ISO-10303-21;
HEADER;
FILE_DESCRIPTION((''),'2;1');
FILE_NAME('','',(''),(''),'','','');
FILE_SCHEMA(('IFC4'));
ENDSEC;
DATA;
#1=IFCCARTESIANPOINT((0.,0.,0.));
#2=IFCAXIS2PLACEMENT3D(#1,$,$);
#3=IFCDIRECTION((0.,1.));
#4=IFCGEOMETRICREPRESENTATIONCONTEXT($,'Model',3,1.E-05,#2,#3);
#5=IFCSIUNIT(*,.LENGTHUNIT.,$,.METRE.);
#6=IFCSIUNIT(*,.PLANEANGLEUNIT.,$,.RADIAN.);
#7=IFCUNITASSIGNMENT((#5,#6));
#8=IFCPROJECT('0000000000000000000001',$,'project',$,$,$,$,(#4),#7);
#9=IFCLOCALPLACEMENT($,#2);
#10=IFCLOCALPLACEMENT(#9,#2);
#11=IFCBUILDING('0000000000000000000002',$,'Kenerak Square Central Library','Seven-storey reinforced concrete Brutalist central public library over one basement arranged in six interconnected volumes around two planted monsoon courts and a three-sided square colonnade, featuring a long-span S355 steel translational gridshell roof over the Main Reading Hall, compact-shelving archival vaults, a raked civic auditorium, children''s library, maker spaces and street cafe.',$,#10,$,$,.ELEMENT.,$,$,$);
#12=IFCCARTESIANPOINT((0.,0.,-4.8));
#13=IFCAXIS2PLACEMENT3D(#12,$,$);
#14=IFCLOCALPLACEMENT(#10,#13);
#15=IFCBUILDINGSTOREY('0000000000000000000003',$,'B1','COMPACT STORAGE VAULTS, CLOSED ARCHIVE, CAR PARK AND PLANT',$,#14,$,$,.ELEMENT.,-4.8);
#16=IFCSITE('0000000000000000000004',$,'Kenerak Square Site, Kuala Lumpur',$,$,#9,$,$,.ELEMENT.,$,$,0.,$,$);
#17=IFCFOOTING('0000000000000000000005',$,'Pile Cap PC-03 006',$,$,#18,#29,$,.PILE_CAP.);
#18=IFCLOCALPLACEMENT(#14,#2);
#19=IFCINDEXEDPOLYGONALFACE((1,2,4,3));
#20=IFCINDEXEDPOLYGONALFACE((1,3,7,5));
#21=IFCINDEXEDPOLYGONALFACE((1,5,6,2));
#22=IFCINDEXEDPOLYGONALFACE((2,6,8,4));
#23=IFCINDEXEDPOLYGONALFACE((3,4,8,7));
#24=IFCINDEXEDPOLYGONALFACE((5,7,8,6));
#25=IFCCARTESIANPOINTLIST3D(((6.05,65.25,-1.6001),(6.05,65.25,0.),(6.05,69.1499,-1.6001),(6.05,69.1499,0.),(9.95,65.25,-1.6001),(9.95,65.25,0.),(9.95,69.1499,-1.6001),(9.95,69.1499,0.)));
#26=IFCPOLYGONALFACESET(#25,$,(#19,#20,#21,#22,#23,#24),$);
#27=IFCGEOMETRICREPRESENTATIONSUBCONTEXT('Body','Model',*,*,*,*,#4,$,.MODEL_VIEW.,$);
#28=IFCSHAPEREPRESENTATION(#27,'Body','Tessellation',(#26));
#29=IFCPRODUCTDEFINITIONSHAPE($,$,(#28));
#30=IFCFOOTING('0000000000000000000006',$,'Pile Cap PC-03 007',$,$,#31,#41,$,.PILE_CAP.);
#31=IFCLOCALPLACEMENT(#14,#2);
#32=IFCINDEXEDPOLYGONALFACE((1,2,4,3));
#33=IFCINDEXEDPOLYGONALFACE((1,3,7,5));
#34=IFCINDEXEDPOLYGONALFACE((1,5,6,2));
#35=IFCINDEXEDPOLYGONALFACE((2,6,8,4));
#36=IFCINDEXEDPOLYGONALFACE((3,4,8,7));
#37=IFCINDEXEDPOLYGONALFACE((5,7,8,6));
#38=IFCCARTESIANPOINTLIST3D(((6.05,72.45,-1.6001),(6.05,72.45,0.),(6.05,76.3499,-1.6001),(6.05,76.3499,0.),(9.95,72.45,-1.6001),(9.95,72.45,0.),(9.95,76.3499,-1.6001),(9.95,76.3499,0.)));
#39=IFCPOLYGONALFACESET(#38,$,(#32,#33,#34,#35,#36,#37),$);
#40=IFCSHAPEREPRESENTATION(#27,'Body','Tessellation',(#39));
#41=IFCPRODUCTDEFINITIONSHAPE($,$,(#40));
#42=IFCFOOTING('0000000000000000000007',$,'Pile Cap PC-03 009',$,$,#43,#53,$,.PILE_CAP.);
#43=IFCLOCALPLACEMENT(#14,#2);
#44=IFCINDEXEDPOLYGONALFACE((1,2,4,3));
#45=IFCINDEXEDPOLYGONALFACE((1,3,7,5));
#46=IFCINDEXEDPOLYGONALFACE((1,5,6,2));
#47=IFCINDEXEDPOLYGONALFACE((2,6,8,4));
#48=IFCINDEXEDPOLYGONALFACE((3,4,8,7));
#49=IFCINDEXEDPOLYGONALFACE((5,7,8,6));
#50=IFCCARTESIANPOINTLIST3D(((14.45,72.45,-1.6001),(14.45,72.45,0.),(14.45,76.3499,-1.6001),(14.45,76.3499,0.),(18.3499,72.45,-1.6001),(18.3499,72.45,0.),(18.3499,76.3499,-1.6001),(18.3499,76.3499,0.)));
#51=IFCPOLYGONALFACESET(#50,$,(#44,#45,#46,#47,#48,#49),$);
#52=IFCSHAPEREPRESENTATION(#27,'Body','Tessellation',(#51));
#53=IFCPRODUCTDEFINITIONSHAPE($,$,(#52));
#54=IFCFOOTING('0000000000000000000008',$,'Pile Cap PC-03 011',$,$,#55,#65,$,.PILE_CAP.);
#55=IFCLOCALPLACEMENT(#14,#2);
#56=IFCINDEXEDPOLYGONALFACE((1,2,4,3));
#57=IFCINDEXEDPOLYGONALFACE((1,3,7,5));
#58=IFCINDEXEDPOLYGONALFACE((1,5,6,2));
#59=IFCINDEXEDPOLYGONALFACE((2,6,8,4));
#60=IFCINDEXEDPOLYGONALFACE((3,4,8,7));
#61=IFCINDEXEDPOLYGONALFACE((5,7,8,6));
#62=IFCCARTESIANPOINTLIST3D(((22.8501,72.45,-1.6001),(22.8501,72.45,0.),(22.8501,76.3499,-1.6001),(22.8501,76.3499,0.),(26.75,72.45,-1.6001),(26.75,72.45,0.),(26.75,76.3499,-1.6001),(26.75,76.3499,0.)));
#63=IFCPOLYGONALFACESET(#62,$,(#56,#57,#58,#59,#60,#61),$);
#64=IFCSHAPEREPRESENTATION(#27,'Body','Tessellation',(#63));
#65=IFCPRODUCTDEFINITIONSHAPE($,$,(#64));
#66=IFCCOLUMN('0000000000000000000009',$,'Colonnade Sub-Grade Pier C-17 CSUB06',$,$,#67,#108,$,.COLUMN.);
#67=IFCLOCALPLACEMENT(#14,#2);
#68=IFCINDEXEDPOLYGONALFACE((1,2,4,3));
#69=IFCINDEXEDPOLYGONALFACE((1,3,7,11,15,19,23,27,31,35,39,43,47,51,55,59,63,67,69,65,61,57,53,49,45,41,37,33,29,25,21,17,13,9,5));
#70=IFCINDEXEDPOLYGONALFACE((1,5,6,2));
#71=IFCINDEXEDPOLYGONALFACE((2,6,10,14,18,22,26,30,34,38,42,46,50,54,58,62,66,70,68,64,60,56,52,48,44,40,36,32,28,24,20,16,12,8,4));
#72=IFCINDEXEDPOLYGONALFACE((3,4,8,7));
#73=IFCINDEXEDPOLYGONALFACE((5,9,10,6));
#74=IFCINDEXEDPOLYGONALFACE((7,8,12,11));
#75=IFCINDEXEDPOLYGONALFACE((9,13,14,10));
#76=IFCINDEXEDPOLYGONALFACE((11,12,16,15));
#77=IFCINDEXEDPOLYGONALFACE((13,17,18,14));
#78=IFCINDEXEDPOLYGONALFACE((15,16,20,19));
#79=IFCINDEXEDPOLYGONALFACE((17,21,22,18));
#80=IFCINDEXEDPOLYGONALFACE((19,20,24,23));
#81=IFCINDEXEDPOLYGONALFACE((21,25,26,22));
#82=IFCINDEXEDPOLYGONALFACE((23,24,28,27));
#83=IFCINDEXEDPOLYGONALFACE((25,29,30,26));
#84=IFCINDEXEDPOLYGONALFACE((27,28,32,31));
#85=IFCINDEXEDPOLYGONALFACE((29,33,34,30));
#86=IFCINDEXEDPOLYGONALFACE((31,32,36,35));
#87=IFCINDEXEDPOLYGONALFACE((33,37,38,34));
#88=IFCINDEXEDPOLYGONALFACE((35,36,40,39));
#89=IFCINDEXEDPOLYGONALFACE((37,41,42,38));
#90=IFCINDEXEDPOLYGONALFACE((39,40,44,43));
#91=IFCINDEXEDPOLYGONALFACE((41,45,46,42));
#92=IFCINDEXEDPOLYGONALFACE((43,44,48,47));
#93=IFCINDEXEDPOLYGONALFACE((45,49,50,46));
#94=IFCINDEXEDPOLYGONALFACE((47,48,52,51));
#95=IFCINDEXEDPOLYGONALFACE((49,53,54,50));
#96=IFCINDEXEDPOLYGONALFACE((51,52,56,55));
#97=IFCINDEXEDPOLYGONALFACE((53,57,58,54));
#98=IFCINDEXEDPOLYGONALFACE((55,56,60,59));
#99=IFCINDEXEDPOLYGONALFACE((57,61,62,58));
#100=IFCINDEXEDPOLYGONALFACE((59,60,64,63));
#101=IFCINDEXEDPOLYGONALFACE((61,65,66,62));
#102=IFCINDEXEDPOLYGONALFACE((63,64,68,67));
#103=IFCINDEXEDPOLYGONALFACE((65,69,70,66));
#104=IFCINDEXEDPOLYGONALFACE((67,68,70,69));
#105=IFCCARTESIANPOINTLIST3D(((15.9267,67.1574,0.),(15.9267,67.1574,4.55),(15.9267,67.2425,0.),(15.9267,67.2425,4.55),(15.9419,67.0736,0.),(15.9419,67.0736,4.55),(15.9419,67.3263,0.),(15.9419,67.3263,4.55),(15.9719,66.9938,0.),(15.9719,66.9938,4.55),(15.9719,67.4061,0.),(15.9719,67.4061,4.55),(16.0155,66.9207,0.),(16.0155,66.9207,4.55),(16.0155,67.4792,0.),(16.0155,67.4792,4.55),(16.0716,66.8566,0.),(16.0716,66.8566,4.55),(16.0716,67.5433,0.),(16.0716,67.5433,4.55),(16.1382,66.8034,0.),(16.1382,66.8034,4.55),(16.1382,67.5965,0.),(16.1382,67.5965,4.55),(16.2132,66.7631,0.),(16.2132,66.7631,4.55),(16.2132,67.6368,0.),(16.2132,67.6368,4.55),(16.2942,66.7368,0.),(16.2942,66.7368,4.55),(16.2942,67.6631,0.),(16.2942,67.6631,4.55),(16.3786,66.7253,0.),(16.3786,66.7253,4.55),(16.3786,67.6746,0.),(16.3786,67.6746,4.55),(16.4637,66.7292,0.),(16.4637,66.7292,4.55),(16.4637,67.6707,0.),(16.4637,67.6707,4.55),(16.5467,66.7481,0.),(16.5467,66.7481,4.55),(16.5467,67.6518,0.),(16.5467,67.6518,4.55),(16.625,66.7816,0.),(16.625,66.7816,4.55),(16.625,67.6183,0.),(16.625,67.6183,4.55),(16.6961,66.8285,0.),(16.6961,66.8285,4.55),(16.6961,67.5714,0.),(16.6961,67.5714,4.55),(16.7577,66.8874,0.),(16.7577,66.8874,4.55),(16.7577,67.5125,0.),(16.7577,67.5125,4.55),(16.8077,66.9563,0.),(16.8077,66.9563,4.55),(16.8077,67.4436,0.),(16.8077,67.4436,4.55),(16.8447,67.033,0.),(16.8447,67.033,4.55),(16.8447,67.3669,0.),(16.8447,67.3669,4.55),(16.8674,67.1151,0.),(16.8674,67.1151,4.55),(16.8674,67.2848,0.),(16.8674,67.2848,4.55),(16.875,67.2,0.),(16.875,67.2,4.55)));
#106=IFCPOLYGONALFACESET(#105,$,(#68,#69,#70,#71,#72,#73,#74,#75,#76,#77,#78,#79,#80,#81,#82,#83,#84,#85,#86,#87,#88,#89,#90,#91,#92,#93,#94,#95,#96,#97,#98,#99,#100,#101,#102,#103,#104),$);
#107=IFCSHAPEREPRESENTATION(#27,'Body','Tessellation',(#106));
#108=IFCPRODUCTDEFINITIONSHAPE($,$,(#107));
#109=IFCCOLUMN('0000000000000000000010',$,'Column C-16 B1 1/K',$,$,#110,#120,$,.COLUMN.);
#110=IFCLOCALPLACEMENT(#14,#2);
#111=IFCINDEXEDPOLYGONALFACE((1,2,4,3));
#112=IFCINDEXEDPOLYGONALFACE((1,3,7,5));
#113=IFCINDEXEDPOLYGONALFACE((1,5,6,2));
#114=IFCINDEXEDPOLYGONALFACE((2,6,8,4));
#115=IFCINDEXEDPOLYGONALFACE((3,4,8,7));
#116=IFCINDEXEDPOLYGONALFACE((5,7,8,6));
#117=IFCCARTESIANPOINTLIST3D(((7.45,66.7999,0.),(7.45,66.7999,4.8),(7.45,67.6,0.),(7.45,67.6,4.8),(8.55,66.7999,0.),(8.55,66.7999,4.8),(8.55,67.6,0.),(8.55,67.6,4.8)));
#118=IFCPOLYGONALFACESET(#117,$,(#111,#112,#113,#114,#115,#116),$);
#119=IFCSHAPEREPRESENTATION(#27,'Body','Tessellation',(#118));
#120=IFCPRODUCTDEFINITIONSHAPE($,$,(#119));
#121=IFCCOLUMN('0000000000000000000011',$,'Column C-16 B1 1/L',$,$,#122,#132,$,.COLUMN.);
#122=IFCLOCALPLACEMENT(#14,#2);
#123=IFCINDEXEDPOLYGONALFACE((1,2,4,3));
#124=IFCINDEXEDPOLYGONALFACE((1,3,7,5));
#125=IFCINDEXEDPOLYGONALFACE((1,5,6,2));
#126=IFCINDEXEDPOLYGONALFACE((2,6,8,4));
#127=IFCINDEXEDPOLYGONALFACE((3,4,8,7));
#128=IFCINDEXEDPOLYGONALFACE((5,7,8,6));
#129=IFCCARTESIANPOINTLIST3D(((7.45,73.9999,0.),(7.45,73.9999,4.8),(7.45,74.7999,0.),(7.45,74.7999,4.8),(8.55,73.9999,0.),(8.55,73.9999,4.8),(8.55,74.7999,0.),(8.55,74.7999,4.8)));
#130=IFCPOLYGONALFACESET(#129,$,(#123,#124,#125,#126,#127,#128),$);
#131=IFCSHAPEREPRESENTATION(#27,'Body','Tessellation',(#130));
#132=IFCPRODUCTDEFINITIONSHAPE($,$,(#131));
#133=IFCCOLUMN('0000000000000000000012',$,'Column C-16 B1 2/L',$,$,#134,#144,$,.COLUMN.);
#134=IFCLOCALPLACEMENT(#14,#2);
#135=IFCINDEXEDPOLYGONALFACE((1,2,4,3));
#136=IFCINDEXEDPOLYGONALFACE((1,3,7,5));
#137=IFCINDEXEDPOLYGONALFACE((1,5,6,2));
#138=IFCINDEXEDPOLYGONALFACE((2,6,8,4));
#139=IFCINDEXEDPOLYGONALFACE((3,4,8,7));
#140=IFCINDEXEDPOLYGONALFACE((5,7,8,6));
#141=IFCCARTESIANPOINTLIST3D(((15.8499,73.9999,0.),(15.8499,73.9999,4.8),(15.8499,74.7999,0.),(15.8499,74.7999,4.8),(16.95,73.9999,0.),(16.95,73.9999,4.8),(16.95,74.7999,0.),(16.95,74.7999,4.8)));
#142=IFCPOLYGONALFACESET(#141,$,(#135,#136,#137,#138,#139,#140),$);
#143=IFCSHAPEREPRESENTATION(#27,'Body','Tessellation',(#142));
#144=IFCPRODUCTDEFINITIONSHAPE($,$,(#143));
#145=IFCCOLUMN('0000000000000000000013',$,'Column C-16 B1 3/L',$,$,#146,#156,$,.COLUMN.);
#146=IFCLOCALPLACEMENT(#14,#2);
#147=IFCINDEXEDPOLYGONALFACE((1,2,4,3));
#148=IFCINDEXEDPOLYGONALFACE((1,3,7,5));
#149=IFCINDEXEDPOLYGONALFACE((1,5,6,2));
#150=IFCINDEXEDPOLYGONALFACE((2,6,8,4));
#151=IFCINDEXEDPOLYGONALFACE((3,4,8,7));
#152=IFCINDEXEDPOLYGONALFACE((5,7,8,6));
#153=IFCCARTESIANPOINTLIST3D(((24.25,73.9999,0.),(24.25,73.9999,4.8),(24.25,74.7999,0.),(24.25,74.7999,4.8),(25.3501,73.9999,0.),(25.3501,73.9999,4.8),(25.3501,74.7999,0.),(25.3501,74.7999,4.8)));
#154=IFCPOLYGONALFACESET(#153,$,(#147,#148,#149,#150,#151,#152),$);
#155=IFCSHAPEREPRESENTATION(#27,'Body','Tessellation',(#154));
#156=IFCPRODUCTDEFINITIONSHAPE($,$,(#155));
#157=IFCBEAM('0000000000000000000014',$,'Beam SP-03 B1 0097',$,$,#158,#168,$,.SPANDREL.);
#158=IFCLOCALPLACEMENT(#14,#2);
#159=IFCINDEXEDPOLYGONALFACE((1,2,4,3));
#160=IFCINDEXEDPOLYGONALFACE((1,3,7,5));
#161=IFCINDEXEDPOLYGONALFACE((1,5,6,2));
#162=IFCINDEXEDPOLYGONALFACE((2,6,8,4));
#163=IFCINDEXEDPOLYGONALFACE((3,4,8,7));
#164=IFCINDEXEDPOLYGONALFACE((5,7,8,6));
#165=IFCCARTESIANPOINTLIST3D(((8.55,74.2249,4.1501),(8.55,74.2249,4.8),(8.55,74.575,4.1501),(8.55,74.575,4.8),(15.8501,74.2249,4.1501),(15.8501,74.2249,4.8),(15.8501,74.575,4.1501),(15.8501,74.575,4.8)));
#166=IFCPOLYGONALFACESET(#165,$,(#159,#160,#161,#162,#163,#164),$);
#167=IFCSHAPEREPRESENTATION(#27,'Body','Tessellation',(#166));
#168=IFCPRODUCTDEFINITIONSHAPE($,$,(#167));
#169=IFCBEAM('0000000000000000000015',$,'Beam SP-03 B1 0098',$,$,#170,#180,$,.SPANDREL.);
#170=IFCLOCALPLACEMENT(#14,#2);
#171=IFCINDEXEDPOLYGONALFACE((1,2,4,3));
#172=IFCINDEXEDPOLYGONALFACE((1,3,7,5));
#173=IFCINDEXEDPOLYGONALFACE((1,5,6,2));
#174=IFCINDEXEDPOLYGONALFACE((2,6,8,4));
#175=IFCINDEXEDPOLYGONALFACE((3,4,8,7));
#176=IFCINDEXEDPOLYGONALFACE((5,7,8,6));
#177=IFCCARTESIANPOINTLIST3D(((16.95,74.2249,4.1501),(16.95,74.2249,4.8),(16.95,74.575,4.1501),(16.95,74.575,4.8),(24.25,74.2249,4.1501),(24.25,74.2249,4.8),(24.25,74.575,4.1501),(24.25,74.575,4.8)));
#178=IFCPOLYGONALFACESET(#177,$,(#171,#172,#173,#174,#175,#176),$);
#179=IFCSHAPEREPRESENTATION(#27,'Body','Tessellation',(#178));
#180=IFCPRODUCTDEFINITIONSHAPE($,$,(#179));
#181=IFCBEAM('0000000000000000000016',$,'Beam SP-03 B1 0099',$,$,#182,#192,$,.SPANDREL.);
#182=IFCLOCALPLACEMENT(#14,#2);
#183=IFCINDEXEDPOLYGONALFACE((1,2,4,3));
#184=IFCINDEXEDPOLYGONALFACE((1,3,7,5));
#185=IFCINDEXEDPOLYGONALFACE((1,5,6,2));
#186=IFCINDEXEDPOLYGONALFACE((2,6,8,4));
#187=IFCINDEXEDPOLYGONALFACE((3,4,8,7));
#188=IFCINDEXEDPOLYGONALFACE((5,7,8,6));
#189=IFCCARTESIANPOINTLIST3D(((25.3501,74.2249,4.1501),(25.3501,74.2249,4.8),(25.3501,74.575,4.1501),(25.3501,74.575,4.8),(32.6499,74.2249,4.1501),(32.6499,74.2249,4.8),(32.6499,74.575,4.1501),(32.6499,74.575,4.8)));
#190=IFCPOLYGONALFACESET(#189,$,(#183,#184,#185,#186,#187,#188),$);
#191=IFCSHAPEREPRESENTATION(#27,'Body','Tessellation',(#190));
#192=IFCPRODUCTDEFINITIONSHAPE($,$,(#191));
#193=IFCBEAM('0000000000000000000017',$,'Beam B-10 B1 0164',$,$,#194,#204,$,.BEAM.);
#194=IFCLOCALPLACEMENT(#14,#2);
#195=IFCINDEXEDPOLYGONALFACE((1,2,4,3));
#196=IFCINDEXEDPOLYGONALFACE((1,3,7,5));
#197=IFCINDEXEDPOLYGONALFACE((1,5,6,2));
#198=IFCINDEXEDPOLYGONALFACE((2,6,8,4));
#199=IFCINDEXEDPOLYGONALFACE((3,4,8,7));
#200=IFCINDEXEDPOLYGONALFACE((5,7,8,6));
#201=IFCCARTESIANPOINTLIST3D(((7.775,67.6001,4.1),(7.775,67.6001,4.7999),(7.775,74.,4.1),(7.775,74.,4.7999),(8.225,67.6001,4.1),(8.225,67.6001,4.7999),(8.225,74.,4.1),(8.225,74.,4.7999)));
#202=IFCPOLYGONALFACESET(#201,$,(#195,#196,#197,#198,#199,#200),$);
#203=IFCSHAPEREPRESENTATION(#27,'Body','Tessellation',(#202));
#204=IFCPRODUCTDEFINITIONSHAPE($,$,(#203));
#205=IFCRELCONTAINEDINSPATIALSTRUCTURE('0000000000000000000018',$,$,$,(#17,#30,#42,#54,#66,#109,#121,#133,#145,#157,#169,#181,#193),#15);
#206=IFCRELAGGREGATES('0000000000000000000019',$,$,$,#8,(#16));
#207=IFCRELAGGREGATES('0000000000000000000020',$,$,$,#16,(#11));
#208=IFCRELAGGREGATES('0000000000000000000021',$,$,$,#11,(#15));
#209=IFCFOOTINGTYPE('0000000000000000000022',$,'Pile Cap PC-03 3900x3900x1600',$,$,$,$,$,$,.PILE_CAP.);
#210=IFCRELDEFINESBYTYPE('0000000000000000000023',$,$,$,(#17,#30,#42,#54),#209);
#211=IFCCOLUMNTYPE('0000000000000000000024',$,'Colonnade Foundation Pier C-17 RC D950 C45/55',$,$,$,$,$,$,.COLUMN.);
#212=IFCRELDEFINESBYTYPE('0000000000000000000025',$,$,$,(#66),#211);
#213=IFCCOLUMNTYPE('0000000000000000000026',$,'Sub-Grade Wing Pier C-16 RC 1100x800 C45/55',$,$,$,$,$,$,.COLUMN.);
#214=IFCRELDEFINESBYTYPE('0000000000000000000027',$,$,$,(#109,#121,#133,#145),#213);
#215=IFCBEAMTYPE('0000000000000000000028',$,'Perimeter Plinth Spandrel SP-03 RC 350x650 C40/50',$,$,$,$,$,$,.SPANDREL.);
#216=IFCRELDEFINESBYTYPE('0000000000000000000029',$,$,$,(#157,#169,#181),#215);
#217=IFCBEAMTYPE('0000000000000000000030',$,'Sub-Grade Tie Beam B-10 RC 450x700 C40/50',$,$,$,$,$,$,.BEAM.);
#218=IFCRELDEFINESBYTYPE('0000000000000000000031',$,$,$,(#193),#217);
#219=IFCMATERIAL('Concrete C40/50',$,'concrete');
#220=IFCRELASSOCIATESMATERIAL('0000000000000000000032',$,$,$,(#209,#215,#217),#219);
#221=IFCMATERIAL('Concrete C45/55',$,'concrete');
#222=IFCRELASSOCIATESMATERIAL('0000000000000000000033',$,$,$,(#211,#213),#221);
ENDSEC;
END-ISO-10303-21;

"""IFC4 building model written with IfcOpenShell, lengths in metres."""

from ifc_helpers import new_model, si_unit, direction, frame, origin, origin_2d, place, context, subcontext, project, spatial, rectangle, circle, extrude, material, material_profile, profile_set, type_object, element, save


model = new_model("IFC4")

# Units and contexts
model_context = context("Model", 3, precision=1e-05, world=origin(), true_north=direction((0.0, 1.0)))
body_context = subcontext(model_context, "Body", "Model", "MODEL_VIEW")
ifc_project = project(units=[si_unit("LENGTHUNIT", "METRE"), si_unit("PLANEANGLEUNIT", "RADIAN")], contexts=[model_context])

# Site, building, storey
site_placement = place(None, origin())
site = spatial("IfcSite", under=ifc_project, at=site_placement, Name="Kenerak Square Site, Kuala Lumpur", CompositionType="ELEMENT", RefElevation=0.0)
building_placement = place(site_placement, origin())
building = spatial("IfcBuilding", under=site, at=building_placement, Name="Kenerak Square Central Library", Description="Seven-storey reinforced concrete Brutalist central public library over one basement arranged in six interconnected volumes around two planted monsoon courts and a three-sided square colonnade, featuring a long-span S355 steel translational gridshell roof over the Main Reading Hall, compact-shelving archival vaults, a raked civic auditorium, children's library, maker spaces and street cafe.", CompositionType="ELEMENT")
storey_placement = place(building_placement, frame((0.0, 0.0, -4.8)))
storey = spatial("IfcBuildingStorey", under=building, at=storey_placement, Name="B1", Description="COMPACT STORAGE VAULTS, CLOSED ARCHIVE, CAR PARK AND PLANT", CompositionType="ELEMENT", Elevation=-4.8)

# Shared definitions
ifc_material_1 = material(Name="Concrete C40/50", Category="concrete")

# Footings
footing_type_1 = type_object("IfcFootingType", Name="Pile Cap PC-03 3900x3900x1600", PredefinedType="PILE_CAP", material=ifc_material_1)
for number, where, z_axis, x_axis, name in (
    (1, (8.0, 67.2, -1.6001), (0.0, 0.0, 1.0), (1.0, 0.0, 0.0), "Pile Cap PC-03 006"),
    (2, (8.0, 74.3999, -1.6001), (0.0, 0.0, 1.0), (1.0, 0.0, 0.0), "Pile Cap PC-03 007"),
    (3, (16.3999, 74.3999, -1.6001), (0.0, 0.0, 1.0), (1.0, 0.0, 0.0), "Pile Cap PC-03 009"),
    (4, (24.8, 74.3999, -1.6001), (0.0, 0.0, 1.0), (1.0, 0.0, 0.0), "Pile Cap PC-03 011"),
):
    element("IfcFooting", number, at=place(storey_placement, frame(where, z_axis=z_axis, x_axis=x_axis)), inside=storey, type_object=footing_type_1, Name=name, PredefinedType="PILE_CAP", context=body_context, shape_type="SweptSolid", body=[
        extrude(rectangle(XDim=3.8999, YDim=3.8999, at=origin_2d()), origin(), (0.0, 0.0, 1.0), 1.6001),
    ])

# Columns
ifc_material_2 = material(Name="Concrete C45/55", Category="concrete")
ifc_material_profile_1 = material_profile(ifc_material_2, circle(Radius=0.4751, at=origin_2d()), Name="RC D950")
ifc_profile_set_1 = profile_set([ifc_material_profile_1], Name="Concrete C45/55")
column_type_1 = type_object("IfcColumnType", Name="Colonnade Foundation Pier C-17 RC D950 C45/55", PredefinedType="COLUMN", material=ifc_profile_set_1)
column_placement = place(storey_placement, frame((16.3999, 67.2, 0.0), z_axis=(0.0, 0.0, 1.0), x_axis=(1.0, 0.0, 0.0)))
element("IfcColumn", 5, at=column_placement, inside=storey, type_object=column_type_1, Name="Colonnade Sub-Grade Pier C-17 CSUB06", PredefinedType="COLUMN", context=body_context, shape_type="SweptSolid", body=[
    extrude(circle(Radius=0.4751, at=origin_2d()), origin(), (0.0, 0.0, 1.0), 4.55),
])
ifc_material_profile_2 = material_profile(ifc_material_2, rectangle(XDim=1.1001, YDim=0.8, at=origin_2d()), Name="RC 1100x800")
ifc_profile_set_2 = profile_set([ifc_material_profile_2], Name="Concrete C45/55")
column_type_2 = type_object("IfcColumnType", Name="Sub-Grade Wing Pier C-16 RC 1100x800 C45/55", PredefinedType="COLUMN", material=ifc_profile_set_2)
for number, where, z_axis, x_axis, name in (
    (6, (8.0, 67.2, 0.0), (0.0, 0.0, 1.0), (1.0, 0.0, 0.0), "Column C-16 B1 1/K"),
    (7, (8.0, 74.3999, 0.0), (0.0, 0.0, 1.0), (1.0, 0.0, 0.0), "Column C-16 B1 1/L"),
    (8, (16.3999, 74.3999, 0.0), (0.0, 0.0, 1.0), (1.0, 0.0, 0.0), "Column C-16 B1 2/L"),
    (9, (24.8, 74.3999, 0.0), (0.0, 0.0, 1.0), (1.0, 0.0, 0.0), "Column C-16 B1 3/L"),
):
    element("IfcColumn", number, at=place(storey_placement, frame(where, z_axis=z_axis, x_axis=x_axis)), inside=storey, type_object=column_type_2, Name=name, PredefinedType="COLUMN", context=body_context, shape_type="SweptSolid", body=[
        extrude(rectangle(XDim=1.1001, YDim=0.8, at=origin_2d()), origin(), (0.0, 0.0, 1.0), 4.8),
    ])

# Beams
ifc_material_profile_3 = material_profile(ifc_material_1, rectangle(XDim=0.3501, YDim=0.6499, at=origin_2d()), Name="RC 350x650")
ifc_profile_set_3 = profile_set([ifc_material_profile_3], Name="Concrete C40/50")
beam_type_1 = type_object("IfcBeamType", Name="Perimeter Plinth Spandrel SP-03 RC 350x650 C40/50", PredefinedType="SPANDREL", material=ifc_profile_set_3)
for number, where, z_axis, x_axis, name in (
    (10, (8.55, 74.3999, 4.4751), (1.0, 0.0, 0.0), (0.0, 1.0, 0.0), "Beam SP-03 B1 0097"),
    (11, (16.95, 74.3999, 4.4751), (1.0, 0.0, 0.0), (0.0, 1.0, 0.0), "Beam SP-03 B1 0098"),
):
    element("IfcBeam", number, at=place(storey_placement, frame(where, z_axis=z_axis, x_axis=x_axis)), inside=storey, type_object=beam_type_1, Name=name, PredefinedType="SPANDREL", context=body_context, shape_type="SweptSolid", body=[
        extrude(rectangle(XDim=0.3501, YDim=0.6499, at=origin_2d()), origin(), (0.0, 0.0, 1.0), 7.3),
    ])
beam_1_placement = place(storey_placement, frame((25.3501, 74.3999, 4.4751), z_axis=(1.0, 0.0, 0.0), x_axis=(0.0, 1.0, 0.0)))
element("IfcBeam", 12, at=beam_1_placement, inside=storey, type_object=beam_type_1, Name="Beam SP-03 B1 0099", PredefinedType="SPANDREL", context=body_context, shape_type="SweptSolid", body=[
    extrude(rectangle(XDim=0.3501, YDim=0.6499, at=origin_2d()), origin(), (0.0, 0.0, 1.0), 7.2998),
])
ifc_material_profile_4 = material_profile(ifc_material_1, rectangle(XDim=0.45, YDim=0.7, at=origin_2d()), Name="RC 450x700")
ifc_profile_set_4 = profile_set([ifc_material_profile_4], Name="Concrete C40/50")
beam_type_2 = type_object("IfcBeamType", Name="Sub-Grade Tie Beam B-10 RC 450x700 C40/50", PredefinedType="BEAM", material=ifc_profile_set_4)
beam_2_placement = place(storey_placement, frame((8.0, 67.6001, 4.45), z_axis=(0.0, 1.0, 0.0), x_axis=(-1.0, 0.0, 0.0)))
element("IfcBeam", 13, at=beam_2_placement, inside=storey, type_object=beam_type_2, Name="Beam B-10 B1 0164", PredefinedType="BEAM", context=body_context, shape_type="SweptSolid", body=[
    extrude(rectangle(XDim=0.45, YDim=0.7, at=origin_2d()), origin(), (0.0, 0.0, 1.0), 6.3999),
])

save(model, "model.ifc")
